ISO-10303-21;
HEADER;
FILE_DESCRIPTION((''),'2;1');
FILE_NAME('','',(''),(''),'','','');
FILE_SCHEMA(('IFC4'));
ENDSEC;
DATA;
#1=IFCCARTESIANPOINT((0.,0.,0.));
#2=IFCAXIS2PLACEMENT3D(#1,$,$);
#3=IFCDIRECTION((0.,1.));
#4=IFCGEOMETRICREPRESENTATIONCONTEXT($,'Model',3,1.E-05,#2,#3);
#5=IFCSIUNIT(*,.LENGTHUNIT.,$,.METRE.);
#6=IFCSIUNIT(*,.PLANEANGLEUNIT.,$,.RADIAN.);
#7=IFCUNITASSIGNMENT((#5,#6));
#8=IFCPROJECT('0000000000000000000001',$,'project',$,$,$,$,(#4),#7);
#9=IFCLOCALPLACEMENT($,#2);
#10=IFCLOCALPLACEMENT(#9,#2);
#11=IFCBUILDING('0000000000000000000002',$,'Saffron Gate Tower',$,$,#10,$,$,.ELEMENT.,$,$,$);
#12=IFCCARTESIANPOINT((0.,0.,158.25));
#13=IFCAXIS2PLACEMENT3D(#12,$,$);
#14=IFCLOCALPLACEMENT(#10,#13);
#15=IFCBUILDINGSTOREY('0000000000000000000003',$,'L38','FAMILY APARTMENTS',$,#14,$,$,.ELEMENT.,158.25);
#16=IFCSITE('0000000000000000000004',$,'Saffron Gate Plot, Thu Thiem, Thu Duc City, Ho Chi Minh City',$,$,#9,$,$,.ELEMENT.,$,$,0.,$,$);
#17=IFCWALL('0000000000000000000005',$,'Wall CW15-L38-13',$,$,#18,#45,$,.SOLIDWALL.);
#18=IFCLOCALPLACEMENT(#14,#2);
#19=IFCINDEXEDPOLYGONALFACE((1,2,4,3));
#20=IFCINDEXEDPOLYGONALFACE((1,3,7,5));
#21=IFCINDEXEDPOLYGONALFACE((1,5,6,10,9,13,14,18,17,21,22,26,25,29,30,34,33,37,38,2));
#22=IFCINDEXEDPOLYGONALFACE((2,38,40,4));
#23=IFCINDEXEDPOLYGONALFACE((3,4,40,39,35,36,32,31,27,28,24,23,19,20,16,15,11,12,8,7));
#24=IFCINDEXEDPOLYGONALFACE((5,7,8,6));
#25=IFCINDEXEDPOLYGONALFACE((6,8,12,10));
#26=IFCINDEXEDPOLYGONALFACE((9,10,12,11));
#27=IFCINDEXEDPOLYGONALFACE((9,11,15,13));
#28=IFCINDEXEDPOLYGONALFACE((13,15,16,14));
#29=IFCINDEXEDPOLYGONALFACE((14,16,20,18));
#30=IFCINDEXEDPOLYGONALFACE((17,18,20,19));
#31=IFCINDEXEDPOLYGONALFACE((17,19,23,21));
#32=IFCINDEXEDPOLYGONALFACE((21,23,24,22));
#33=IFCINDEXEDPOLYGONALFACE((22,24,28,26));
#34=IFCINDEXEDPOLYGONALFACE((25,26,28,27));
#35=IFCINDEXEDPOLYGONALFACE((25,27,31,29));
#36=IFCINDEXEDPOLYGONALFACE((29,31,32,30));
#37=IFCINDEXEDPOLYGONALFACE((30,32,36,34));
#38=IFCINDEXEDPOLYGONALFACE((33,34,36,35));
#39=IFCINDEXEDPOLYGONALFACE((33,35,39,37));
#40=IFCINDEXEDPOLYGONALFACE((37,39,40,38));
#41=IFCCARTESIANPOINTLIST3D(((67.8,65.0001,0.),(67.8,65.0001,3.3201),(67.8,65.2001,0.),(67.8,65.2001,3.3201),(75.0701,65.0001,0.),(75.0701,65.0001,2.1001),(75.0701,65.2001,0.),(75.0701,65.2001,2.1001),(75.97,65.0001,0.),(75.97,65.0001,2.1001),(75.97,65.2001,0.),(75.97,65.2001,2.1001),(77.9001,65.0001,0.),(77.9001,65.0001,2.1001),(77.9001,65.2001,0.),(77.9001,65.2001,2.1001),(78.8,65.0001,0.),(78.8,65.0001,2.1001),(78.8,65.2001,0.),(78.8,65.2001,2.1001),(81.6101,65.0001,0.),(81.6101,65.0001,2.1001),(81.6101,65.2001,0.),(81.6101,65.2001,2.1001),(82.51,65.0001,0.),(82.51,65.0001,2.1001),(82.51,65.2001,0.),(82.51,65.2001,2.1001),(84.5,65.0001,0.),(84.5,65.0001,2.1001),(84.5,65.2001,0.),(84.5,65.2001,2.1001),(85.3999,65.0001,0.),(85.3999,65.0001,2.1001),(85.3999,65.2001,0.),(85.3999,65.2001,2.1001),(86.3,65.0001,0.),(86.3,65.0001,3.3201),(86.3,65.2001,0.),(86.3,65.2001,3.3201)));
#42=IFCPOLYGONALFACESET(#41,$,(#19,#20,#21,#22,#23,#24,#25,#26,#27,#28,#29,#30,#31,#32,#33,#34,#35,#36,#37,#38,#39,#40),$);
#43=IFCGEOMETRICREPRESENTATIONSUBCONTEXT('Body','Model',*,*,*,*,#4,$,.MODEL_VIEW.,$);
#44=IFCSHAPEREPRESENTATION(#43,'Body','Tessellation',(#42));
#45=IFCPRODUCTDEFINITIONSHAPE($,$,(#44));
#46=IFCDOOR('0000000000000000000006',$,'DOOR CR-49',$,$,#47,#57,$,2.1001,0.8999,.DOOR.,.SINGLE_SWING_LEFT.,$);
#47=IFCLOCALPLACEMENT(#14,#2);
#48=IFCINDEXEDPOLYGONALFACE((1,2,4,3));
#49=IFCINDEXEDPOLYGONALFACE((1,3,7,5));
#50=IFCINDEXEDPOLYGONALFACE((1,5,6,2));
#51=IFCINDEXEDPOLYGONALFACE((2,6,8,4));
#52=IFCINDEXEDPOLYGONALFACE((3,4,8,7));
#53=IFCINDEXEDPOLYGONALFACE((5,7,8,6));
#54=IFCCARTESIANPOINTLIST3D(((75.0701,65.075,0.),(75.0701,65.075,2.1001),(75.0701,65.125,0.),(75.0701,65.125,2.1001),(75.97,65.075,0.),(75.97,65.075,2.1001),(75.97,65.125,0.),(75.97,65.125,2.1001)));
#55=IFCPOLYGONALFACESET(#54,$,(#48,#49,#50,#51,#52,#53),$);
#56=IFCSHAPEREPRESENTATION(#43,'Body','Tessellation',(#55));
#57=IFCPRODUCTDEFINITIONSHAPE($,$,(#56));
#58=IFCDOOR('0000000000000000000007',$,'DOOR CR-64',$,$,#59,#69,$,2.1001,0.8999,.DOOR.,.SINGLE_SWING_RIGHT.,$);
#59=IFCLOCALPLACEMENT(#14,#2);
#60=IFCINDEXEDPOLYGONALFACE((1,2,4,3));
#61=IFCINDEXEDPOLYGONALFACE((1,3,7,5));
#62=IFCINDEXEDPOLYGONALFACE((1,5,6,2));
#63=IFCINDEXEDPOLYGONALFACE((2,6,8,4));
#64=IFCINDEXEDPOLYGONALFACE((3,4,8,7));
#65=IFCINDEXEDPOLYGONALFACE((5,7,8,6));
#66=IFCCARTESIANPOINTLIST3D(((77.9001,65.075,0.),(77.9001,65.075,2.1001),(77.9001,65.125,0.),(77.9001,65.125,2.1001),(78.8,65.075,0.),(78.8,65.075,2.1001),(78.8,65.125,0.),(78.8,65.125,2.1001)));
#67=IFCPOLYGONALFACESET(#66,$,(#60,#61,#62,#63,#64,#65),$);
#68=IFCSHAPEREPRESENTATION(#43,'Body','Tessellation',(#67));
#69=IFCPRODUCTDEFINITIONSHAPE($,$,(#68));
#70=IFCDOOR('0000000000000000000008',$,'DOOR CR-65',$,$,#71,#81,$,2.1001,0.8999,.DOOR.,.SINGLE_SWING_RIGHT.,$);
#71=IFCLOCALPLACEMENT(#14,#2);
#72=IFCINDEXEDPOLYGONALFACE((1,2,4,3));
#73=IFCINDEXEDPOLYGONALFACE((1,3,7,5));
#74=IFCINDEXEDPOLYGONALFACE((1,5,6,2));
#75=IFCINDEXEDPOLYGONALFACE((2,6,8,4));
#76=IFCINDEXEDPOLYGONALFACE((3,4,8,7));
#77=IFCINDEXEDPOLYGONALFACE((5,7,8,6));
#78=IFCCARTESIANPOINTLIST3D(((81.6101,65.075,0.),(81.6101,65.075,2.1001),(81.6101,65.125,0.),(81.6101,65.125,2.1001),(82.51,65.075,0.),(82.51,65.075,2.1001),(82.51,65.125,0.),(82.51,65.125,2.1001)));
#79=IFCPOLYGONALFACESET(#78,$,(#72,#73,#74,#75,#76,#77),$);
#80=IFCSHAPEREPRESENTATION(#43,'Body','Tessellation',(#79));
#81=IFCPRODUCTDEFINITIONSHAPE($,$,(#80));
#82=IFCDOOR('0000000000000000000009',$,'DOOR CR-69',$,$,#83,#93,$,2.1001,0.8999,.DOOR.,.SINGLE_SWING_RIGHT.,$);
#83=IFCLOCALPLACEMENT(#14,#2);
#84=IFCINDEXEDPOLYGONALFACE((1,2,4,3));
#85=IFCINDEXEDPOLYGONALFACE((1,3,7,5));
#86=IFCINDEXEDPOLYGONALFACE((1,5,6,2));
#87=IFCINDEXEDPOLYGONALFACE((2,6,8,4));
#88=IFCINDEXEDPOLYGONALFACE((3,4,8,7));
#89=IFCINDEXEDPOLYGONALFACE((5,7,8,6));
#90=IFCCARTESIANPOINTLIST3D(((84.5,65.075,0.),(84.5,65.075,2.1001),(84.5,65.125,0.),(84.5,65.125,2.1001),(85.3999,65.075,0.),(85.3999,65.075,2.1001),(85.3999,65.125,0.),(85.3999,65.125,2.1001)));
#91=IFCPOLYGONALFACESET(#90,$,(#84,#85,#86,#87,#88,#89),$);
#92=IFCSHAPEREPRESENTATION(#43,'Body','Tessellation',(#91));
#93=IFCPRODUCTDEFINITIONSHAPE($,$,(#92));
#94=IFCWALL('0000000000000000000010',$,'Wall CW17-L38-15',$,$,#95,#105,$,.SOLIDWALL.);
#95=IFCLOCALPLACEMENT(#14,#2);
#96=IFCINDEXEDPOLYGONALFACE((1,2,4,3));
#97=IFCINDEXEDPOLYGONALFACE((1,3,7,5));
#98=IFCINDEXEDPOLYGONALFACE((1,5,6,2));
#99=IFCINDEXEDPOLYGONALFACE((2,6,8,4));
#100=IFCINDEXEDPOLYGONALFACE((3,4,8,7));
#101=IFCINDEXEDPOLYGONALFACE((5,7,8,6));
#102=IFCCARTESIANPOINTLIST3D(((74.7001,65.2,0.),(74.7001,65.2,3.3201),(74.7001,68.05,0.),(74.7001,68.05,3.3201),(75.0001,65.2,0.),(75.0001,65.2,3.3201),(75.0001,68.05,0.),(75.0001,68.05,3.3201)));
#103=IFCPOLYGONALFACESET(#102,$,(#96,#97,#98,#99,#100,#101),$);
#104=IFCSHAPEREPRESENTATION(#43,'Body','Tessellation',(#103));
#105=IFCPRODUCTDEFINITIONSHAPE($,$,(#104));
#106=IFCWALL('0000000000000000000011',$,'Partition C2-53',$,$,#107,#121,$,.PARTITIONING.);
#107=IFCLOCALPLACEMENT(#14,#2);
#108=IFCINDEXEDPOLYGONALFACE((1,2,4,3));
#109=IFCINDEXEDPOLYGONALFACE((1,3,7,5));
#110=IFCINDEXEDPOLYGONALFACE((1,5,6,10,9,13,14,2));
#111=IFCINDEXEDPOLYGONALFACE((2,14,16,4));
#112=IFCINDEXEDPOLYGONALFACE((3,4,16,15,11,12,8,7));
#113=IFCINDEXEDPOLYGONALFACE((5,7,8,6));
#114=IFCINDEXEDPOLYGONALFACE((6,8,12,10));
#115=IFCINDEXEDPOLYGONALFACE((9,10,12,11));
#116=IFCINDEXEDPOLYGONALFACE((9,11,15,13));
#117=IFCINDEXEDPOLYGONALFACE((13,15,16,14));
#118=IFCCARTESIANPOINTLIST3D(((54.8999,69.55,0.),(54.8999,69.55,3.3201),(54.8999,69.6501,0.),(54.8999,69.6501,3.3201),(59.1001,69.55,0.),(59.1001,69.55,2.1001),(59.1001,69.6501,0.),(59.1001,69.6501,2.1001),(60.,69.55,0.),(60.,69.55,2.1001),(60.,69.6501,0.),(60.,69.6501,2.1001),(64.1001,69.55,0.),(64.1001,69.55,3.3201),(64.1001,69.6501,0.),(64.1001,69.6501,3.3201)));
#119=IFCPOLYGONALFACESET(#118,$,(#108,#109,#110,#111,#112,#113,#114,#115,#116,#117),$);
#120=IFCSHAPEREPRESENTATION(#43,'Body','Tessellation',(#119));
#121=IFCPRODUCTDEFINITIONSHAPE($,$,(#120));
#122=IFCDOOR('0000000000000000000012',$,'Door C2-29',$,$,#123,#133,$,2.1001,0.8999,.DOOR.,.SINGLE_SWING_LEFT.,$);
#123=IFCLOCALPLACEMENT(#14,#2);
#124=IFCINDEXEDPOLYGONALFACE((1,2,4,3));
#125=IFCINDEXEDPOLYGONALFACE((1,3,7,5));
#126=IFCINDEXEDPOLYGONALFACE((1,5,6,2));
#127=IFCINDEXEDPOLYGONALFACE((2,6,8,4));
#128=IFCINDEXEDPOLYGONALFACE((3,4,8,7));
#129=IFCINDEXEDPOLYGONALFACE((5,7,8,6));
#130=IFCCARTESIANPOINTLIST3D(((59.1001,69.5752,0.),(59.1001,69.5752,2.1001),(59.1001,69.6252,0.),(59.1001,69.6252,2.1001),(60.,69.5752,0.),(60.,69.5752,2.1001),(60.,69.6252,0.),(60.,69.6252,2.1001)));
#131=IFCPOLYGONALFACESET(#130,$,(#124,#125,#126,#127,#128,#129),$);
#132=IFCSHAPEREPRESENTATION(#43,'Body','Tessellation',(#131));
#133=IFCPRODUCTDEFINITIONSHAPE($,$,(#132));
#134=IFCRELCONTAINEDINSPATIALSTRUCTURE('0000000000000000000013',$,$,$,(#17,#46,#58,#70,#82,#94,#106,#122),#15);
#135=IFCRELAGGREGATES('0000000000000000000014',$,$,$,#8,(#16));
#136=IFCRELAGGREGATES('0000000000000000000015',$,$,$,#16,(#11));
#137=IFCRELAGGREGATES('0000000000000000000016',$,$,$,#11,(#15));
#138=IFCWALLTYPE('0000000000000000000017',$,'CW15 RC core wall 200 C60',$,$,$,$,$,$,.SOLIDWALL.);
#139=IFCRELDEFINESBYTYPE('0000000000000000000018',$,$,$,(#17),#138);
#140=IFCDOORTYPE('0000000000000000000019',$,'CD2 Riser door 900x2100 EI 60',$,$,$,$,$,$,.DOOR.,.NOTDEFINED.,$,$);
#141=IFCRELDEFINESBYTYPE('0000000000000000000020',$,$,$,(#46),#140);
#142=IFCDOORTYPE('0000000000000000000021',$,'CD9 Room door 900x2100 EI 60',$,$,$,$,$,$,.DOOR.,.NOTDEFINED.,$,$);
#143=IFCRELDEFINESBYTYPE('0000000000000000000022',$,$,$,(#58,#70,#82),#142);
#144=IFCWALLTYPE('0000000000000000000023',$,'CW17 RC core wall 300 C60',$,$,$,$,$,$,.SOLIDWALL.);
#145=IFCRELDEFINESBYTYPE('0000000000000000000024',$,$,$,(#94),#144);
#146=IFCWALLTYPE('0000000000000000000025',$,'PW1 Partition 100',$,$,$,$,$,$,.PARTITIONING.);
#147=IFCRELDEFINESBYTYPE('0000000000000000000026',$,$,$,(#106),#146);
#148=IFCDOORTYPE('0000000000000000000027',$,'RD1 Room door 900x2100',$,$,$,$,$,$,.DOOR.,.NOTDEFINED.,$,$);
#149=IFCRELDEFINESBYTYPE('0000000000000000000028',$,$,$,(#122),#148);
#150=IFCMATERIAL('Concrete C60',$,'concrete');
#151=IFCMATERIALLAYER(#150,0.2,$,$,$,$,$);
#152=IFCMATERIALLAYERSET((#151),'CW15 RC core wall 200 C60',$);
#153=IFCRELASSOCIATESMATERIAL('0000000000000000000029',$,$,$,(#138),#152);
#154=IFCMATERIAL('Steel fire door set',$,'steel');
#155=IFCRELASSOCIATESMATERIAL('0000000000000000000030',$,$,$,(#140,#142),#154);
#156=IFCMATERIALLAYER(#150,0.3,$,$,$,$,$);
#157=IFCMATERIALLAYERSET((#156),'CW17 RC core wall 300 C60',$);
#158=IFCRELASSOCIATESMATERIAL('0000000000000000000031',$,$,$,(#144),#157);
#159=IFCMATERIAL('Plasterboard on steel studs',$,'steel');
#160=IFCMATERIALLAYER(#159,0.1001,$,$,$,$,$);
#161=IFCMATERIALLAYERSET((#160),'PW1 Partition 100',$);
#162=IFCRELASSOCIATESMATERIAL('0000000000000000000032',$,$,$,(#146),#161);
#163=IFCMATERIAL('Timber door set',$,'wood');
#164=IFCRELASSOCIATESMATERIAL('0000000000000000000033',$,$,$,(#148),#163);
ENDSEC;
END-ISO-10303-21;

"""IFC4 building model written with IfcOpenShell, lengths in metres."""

from ifc_helpers import new_model, si_unit, direction, frame, frame_2d, origin, place, context, subcontext, project, spatial, rectangle, extrude, material, layer, layer_set, type_object, element, fill, save


model = new_model("IFC4")

# Units and contexts
model_context = context("Model", 3, precision=1e-05, world=origin(), true_north=direction((0.0, 1.0)))
body_context = subcontext(model_context, "Body", "Model", "MODEL_VIEW")
ifc_project = project(units=[si_unit("LENGTHUNIT", "METRE"), si_unit("PLANEANGLEUNIT", "RADIAN")], contexts=[model_context])

# Site, building, storey
site_placement = place(None, origin())
site = spatial("IfcSite", under=ifc_project, at=site_placement, Name="Saffron Gate Plot, Thu Thiem, Thu Duc City, Ho Chi Minh City", CompositionType="ELEMENT", RefElevation=0.0)
building_placement = place(site_placement, origin())
building = spatial("IfcBuilding", under=site, at=building_placement, Name="Saffron Gate Tower", CompositionType="ELEMENT")
storey_placement = place(building_placement, frame((0.0, 0.0, 158.25)))
storey = spatial("IfcBuildingStorey", under=building, at=storey_placement, Name="L38", Description="FAMILY APARTMENTS", CompositionType="ELEMENT", Elevation=158.25)

# Shared definitions
ifc_material_1 = material(Name="Concrete C60", Category="concrete")
ifc_material_2 = material(Name="Steel fire door set", Category="steel")

# Wall, openings, doors
ifc_layer_1 = layer(ifc_material_1, 0.2)
ifc_layer_set_1 = layer_set([ifc_layer_1], Name="CW15 RC core wall 200 C60")
wall_type_1 = type_object("IfcWallType", Name="CW15 RC core wall 200 C60", PredefinedType="SOLIDWALL", material=ifc_layer_set_1)
wall_1_placement = place(storey_placement, frame((67.8, 65.1001, 0.0), z_axis=(0.0, 0.0, 1.0), x_axis=(1.0, 0.0, 0.0)))
wall_1 = element("IfcWall", 1, at=wall_1_placement, inside=storey, type_object=wall_type_1, Name="Wall CW15-L38-13", PredefinedType="SOLIDWALL", context=body_context, shape_type="SweptSolid", body=[
    extrude(rectangle(XDim=18.5, YDim=0.2, at=frame_2d((9.25, 0.0))), origin(), (0.0, 0.0, 1.0), 3.3201),
])
opening_1_placement = place(wall_1_placement, frame((7.27, 0.0, 0.0)))
opening_1 = element("IfcOpeningElement", 2, at=opening_1_placement, cuts=wall_1, PredefinedType="OPENING", context=body_context, shape_type="SweptSolid", body=[
    extrude(rectangle(XDim=0.8999, YDim=2.1001, at=frame_2d((0.45, 1.05))), frame((0.0, 0.1099, 0.0), z_axis=(0.0, -1.0, 0.0), x_axis=(1.0, 0.0, 0.0)), (0.0, 0.0, 1.0), 0.22),
])
opening_2_placement = place(wall_1_placement, frame((10.1001, 0.0, 0.0)))
opening_2 = element("IfcOpeningElement", 3, at=opening_2_placement, cuts=wall_1, PredefinedType="OPENING", context=body_context, shape_type="SweptSolid", body=[
    extrude(rectangle(XDim=0.8999, YDim=2.1001, at=frame_2d((0.45, 1.05))), frame((0.0, 0.1099, 0.0), z_axis=(0.0, -1.0, 0.0), x_axis=(1.0, 0.0, 0.0)), (0.0, 0.0, 1.0), 0.22),
])
opening_3_placement = place(wall_1_placement, frame((13.8101, 0.0, 0.0)))
opening_3 = element("IfcOpeningElement", 4, at=opening_3_placement, cuts=wall_1, PredefinedType="OPENING", context=body_context, shape_type="SweptSolid", body=[
    extrude(rectangle(XDim=0.8999, YDim=2.1001, at=frame_2d((0.45, 1.05))), frame((0.0, 0.1099, 0.0), z_axis=(0.0, -1.0, 0.0), x_axis=(1.0, 0.0, 0.0)), (0.0, 0.0, 1.0), 0.22),
])
opening_4_placement = place(wall_1_placement, frame((16.7, 0.0, 0.0)))
opening_4 = element("IfcOpeningElement", 5, at=opening_4_placement, cuts=wall_1, PredefinedType="OPENING", context=body_context, shape_type="SweptSolid", body=[
    extrude(rectangle(XDim=0.8999, YDim=2.1001, at=frame_2d((0.45, 1.05))), frame((0.0, 0.1099, 0.0), z_axis=(0.0, -1.0, 0.0), x_axis=(1.0, 0.0, 0.0)), (0.0, 0.0, 1.0), 0.22),
])
door_type_1 = type_object("IfcDoorType", Name="CD2 Riser door 900x2100 EI 60", OperationType="NOTDEFINED", PredefinedType="DOOR", material=ifc_material_2)
door_1_placement = place(opening_1_placement, origin())
door_1 = element("IfcDoor", 6, at=door_1_placement, inside=storey, type_object=door_type_1, Name="DOOR CR-49", OperationType="SINGLE_SWING_LEFT", OverallHeight=2.1001, OverallWidth=0.8999, PredefinedType="DOOR", context=body_context, shape_type="SweptSolid", body=[
    extrude(rectangle(XDim=0.8999, YDim=2.1001, at=frame_2d((0.45, 1.05))), frame((0.0, 0.0249, 0.0), z_axis=(0.0, -1.0, 0.0), x_axis=(1.0, 0.0, 0.0)), (0.0, 0.0, 1.0), 0.05),
])
fill(opening_1, door_1)
door_type_2 = type_object("IfcDoorType", Name="CD9 Room door 900x2100 EI 60", OperationType="NOTDEFINED", PredefinedType="DOOR", material=ifc_material_2)
door_2_placement = place(opening_2_placement, origin())
door_2 = element("IfcDoor", 7, at=door_2_placement, inside=storey, type_object=door_type_2, Name="DOOR CR-64", OperationType="SINGLE_SWING_RIGHT", OverallHeight=2.1001, OverallWidth=0.8999, PredefinedType="DOOR", context=body_context, shape_type="SweptSolid", body=[
    extrude(rectangle(XDim=0.8999, YDim=2.1001, at=frame_2d((0.45, 1.05))), frame((0.0, 0.0249, 0.0), z_axis=(0.0, -1.0, 0.0), x_axis=(1.0, 0.0, 0.0)), (0.0, 0.0, 1.0), 0.05),
])
fill(opening_2, door_2)
door_3_placement = place(opening_3_placement, origin())
door_3 = element("IfcDoor", 8, at=door_3_placement, inside=storey, type_object=door_type_2, Name="DOOR CR-65", OperationType="SINGLE_SWING_RIGHT", OverallHeight=2.1001, OverallWidth=0.8999, PredefinedType="DOOR", context=body_context, shape_type="SweptSolid", body=[
    extrude(rectangle(XDim=0.8999, YDim=2.1001, at=frame_2d((0.45, 1.05))), frame((0.0, 0.0249, 0.0), z_axis=(0.0, -1.0, 0.0), x_axis=(1.0, 0.0, 0.0)), (0.0, 0.0, 1.0), 0.05),
])
fill(opening_3, door_3)
door_4_placement = place(opening_4_placement, origin())
door_4 = element("IfcDoor", 9, at=door_4_placement, inside=storey, type_object=door_type_2, Name="DOOR CR-69", OperationType="SINGLE_SWING_RIGHT", OverallHeight=2.1001, OverallWidth=0.8999, PredefinedType="DOOR", context=body_context, shape_type="SweptSolid", body=[
    extrude(rectangle(XDim=0.8999, YDim=2.1001, at=frame_2d((0.45, 1.05))), frame((0.0, 0.0249, 0.0), z_axis=(0.0, -1.0, 0.0), x_axis=(1.0, 0.0, 0.0)), (0.0, 0.0, 1.0), 0.05),
])
fill(opening_4, door_4)

# Wall
ifc_layer_2 = layer(ifc_material_1, 0.3)
ifc_layer_set_2 = layer_set([ifc_layer_2], Name="CW17 RC core wall 300 C60")
wall_type_2 = type_object("IfcWallType", Name="CW17 RC core wall 300 C60", PredefinedType="SOLIDWALL", material=ifc_layer_set_2)
wall_2_placement = place(storey_placement, frame((74.8501, 65.2, 0.0), z_axis=(0.0, 0.0, 1.0), x_axis=(0.0, 1.0, 0.0)))
element("IfcWall", 10, at=wall_2_placement, inside=storey, type_object=wall_type_2, Name="Wall CW17-L38-15", PredefinedType="SOLIDWALL", context=body_context, shape_type="SweptSolid", body=[
    extrude(rectangle(XDim=2.8501, YDim=0.3, at=frame_2d((1.425, 0.0))), origin(), (0.0, 0.0, 1.0), 3.3201),
])

# Wall, opening, door
ifc_material_3 = material(Name="Plasterboard on steel studs", Category="steel")
ifc_layer_3 = layer(ifc_material_3, 0.1001)
ifc_layer_set_3 = layer_set([ifc_layer_3], Name="PW1 Partition 100")
wall_type_3 = type_object("IfcWallType", Name="PW1 Partition 100", PredefinedType="PARTITIONING", material=ifc_layer_set_3)
wall_3_placement = place(storey_placement, frame((64.1001, 69.6001, 0.0), z_axis=(0.0, 0.0, 1.0), x_axis=(-1.0, 0.0, 0.0)))
wall_3 = element("IfcWall", 11, at=wall_3_placement, inside=storey, type_object=wall_type_3, Name="Partition C2-53", PredefinedType="PARTITIONING", context=body_context, shape_type="SweptSolid", body=[
    extrude(rectangle(XDim=9.2002, YDim=0.1001, at=frame_2d((4.6001, 0.0))), origin(), (0.0, 0.0, 1.0), 3.3201),
])
opening_5_placement = place(wall_3_placement, frame((4.1001, 0.0, 0.0)))
opening_5 = element("IfcOpeningElement", 12, at=opening_5_placement, cuts=wall_3, PredefinedType="OPENING", context=body_context, shape_type="SweptSolid", body=[
    extrude(rectangle(XDim=0.8999, YDim=2.1001, at=frame_2d((0.45, 1.05))), frame((0.0, 0.0601, 0.0), z_axis=(0.0, -1.0, 0.0), x_axis=(1.0, 0.0, 0.0)), (0.0, 0.0, 1.0), 0.1201),
])
ifc_material_4 = material(Name="Timber door set", Category="wood")
door_type_3 = type_object("IfcDoorType", Name="RD1 Room door 900x2100", OperationType="NOTDEFINED", PredefinedType="DOOR", material=ifc_material_4)
door_5_placement = place(opening_5_placement, origin())
door_5 = element("IfcDoor", 13, at=door_5_placement, inside=storey, type_object=door_type_3, Name="Door C2-29", OperationType="SINGLE_SWING_LEFT", OverallHeight=2.1001, OverallWidth=0.8999, PredefinedType="DOOR", context=body_context, shape_type="SweptSolid", body=[
    extrude(rectangle(XDim=0.8999, YDim=2.1001, at=frame_2d((0.45, 1.05))), frame((0.0, 0.0249, 0.0), z_axis=(0.0, -1.0, 0.0), x_axis=(1.0, 0.0, 0.0)), (0.0, 0.0, 1.0), 0.05),
])
fill(opening_5, door_5)

save(model, "model.ifc")
